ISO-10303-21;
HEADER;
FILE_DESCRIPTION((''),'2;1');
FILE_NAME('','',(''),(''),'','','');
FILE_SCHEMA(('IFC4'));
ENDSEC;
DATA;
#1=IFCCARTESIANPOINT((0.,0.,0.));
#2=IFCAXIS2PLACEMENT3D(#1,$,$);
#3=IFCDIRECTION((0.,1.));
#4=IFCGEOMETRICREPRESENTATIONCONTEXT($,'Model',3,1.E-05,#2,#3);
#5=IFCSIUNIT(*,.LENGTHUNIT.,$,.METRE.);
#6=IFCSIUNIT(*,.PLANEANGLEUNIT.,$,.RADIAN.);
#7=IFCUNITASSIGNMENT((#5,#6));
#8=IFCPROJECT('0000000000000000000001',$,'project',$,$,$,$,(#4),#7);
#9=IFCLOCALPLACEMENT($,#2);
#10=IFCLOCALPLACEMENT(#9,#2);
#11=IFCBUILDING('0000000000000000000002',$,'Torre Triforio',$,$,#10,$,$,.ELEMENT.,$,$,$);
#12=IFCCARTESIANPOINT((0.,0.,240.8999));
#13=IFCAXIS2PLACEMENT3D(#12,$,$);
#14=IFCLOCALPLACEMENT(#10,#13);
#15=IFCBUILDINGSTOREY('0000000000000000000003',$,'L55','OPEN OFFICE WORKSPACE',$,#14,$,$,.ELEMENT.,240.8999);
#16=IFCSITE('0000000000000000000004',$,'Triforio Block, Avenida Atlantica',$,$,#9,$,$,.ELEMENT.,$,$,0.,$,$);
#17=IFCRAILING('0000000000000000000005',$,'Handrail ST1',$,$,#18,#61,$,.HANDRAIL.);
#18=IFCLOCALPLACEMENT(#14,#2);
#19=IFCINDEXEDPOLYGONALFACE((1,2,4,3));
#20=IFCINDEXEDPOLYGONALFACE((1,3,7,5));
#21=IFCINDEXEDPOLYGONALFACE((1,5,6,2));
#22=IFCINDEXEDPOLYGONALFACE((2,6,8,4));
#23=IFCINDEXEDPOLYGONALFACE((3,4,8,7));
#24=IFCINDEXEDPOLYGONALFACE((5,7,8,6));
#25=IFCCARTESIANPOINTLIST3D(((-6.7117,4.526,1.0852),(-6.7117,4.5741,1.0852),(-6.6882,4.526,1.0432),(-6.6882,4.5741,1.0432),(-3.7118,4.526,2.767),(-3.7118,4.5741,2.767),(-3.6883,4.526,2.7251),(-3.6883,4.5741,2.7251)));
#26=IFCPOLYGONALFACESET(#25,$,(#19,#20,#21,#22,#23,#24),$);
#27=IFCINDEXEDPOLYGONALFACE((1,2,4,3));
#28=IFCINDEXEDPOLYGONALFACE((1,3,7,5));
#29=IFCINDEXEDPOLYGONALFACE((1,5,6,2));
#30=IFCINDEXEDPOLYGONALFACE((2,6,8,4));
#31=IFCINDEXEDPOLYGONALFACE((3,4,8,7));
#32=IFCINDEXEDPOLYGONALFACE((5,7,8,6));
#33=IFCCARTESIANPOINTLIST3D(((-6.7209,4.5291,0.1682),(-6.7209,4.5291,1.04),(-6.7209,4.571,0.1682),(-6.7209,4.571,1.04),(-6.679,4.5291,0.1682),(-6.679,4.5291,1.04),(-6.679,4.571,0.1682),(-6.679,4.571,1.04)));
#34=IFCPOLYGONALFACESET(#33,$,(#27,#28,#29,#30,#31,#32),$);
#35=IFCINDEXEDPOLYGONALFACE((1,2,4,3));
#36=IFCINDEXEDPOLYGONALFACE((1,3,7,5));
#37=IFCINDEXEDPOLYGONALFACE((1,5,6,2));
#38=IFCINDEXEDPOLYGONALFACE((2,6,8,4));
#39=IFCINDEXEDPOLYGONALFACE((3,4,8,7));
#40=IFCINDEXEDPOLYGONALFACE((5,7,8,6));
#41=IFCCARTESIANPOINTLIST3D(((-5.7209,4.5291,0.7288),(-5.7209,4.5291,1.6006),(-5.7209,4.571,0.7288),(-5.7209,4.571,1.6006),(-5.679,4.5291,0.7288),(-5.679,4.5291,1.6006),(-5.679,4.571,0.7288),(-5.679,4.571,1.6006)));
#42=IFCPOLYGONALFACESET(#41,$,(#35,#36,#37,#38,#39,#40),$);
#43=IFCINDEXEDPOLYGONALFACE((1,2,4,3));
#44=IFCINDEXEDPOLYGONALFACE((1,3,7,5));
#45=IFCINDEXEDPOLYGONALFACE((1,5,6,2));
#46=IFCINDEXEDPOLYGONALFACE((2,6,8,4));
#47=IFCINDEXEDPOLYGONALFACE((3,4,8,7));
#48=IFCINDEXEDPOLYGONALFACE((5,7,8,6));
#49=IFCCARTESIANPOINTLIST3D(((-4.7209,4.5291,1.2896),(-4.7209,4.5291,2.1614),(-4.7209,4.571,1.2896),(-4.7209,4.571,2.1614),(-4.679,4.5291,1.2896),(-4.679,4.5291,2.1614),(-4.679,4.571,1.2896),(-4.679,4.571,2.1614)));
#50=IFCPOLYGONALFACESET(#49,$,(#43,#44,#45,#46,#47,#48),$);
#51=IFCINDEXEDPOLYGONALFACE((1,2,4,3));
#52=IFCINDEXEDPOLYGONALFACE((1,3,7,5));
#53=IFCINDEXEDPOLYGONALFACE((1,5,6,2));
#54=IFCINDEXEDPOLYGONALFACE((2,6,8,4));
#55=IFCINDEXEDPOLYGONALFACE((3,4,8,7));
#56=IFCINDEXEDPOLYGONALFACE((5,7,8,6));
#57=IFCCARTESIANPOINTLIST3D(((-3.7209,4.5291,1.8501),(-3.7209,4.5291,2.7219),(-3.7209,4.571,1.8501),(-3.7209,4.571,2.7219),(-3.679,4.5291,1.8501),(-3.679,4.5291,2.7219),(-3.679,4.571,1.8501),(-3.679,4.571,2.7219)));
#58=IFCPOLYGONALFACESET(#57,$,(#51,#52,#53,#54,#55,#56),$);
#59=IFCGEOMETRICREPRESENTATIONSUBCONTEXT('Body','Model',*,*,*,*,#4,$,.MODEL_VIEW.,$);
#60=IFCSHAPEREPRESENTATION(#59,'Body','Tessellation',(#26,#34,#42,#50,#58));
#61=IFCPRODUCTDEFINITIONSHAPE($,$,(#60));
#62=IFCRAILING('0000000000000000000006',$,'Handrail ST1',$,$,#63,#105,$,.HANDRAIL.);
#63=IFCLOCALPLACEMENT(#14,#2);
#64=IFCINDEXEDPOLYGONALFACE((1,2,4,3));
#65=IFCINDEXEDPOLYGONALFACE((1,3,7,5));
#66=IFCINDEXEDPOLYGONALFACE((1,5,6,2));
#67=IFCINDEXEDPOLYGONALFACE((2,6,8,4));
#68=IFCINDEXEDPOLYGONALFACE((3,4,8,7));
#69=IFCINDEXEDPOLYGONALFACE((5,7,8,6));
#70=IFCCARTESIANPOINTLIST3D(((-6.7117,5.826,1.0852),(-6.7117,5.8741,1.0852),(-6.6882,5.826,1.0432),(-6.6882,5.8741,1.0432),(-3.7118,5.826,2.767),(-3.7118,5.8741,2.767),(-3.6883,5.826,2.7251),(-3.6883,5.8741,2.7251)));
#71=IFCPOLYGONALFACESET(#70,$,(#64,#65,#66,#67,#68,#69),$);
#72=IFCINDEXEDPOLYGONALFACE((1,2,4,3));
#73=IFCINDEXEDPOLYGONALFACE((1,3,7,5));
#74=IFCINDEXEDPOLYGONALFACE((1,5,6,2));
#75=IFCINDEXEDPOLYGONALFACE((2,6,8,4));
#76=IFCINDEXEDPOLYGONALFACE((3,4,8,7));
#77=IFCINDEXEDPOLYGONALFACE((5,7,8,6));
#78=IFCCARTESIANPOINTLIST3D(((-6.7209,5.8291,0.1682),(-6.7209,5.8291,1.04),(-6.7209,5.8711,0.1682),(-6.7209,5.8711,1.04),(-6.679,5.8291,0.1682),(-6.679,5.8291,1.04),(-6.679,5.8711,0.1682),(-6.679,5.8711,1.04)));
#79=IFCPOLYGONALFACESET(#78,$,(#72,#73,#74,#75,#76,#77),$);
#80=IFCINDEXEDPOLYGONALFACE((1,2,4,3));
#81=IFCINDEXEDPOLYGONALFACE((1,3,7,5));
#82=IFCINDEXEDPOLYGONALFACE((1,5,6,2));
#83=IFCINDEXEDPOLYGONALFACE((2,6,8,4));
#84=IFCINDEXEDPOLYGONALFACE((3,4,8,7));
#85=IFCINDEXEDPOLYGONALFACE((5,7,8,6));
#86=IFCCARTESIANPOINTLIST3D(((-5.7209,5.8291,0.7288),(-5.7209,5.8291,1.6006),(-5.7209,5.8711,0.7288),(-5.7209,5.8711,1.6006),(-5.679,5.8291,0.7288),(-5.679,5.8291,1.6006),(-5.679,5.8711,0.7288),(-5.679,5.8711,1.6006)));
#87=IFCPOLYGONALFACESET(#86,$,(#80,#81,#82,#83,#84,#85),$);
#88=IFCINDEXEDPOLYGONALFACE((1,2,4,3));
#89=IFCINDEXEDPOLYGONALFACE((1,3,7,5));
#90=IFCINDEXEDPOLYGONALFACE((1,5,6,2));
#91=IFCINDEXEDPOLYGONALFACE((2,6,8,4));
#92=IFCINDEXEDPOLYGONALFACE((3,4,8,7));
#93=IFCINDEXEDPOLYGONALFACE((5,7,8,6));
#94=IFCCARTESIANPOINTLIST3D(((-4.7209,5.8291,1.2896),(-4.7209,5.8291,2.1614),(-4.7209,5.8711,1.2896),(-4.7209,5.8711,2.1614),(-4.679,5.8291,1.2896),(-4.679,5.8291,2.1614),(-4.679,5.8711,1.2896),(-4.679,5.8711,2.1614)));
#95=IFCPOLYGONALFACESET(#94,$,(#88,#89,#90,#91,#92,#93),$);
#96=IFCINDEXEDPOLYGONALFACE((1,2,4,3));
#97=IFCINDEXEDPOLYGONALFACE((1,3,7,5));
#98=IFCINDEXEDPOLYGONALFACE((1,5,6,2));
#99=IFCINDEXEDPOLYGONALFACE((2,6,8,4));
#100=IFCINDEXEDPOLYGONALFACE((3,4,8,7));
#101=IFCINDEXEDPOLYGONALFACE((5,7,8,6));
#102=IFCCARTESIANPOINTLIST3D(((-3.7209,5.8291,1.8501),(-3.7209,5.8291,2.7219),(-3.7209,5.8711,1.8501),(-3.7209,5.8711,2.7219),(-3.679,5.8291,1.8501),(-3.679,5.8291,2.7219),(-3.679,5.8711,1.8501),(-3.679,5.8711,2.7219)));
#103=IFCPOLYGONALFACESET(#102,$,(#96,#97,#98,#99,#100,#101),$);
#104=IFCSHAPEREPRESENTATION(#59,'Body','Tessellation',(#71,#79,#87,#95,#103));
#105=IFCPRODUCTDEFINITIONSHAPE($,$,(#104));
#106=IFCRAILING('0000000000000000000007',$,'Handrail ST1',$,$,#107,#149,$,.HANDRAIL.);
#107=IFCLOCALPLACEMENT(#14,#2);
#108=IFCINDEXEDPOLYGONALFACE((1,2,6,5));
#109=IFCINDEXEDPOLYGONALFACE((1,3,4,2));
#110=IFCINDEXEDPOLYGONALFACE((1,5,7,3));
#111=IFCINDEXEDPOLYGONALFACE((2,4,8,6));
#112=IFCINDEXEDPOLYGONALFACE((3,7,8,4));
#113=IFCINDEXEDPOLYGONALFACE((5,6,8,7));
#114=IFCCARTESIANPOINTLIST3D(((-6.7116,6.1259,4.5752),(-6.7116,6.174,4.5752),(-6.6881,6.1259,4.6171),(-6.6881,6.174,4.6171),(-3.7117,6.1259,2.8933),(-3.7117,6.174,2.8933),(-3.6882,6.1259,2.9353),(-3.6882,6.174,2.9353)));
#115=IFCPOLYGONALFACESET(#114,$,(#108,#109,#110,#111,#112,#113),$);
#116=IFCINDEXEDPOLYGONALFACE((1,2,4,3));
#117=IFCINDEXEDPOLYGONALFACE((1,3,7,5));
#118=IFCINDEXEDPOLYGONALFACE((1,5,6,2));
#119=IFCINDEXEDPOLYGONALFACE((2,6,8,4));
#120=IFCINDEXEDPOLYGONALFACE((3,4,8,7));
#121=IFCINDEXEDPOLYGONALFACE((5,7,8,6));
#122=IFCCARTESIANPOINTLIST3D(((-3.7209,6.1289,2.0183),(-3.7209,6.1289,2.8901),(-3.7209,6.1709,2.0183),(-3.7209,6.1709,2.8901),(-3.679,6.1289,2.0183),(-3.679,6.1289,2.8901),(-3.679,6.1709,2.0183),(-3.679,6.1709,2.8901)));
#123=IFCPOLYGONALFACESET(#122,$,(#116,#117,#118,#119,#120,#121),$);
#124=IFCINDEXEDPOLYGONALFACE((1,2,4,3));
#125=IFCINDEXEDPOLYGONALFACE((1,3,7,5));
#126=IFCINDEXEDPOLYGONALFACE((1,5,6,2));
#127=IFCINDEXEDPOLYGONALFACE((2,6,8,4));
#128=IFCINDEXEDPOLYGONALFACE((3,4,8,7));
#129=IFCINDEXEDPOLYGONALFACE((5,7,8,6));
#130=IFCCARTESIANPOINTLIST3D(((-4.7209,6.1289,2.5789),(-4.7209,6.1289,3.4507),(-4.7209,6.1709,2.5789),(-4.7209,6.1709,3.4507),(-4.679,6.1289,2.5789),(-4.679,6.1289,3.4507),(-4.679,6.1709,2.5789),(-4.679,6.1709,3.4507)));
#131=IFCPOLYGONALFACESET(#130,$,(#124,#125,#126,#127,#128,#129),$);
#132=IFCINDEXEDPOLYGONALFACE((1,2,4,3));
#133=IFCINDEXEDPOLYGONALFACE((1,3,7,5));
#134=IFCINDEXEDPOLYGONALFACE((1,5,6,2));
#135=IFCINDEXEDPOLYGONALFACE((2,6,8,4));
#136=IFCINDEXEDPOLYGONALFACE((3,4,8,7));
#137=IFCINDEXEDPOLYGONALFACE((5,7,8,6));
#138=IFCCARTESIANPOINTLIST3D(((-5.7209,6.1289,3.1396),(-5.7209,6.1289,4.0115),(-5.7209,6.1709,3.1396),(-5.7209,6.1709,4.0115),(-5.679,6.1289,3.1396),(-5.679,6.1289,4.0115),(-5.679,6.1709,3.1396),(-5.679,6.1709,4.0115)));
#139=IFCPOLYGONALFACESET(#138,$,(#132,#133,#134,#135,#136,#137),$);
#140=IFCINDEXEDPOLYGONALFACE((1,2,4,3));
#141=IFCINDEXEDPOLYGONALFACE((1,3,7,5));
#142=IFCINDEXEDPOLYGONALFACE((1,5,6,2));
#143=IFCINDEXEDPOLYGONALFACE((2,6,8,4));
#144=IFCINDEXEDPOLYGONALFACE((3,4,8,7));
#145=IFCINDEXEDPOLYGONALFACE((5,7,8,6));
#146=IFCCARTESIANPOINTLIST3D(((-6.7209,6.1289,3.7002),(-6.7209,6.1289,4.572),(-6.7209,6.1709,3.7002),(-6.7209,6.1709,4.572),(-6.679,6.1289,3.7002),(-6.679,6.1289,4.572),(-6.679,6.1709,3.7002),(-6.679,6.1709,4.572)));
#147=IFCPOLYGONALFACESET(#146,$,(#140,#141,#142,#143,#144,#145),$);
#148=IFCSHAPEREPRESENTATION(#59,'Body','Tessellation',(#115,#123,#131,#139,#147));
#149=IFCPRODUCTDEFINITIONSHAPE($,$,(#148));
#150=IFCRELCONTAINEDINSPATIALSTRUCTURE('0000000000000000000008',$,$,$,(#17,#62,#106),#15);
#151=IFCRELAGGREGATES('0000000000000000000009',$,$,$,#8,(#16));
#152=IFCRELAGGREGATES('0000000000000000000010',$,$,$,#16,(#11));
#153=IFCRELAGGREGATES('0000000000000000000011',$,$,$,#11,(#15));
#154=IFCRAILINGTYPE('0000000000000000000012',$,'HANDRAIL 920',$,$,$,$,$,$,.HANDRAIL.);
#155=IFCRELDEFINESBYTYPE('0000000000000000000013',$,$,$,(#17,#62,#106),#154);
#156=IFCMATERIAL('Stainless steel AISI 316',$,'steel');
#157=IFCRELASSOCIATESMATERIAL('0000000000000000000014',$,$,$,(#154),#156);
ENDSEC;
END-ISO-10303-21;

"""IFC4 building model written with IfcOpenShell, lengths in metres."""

from ifc_helpers import new_model, si_unit, direction, frame, origin, origin_2d, place, context, subcontext, project, spatial, rectangle, extrude, material, type_object, element, save


model = new_model("IFC4")

# Units and contexts
model_context = context("Model", 3, precision=1e-05, world=origin(), true_north=direction((0.0, 1.0)))
body_context = subcontext(model_context, "Body", "Model", "MODEL_VIEW")
ifc_project = project(units=[si_unit("LENGTHUNIT", "METRE"), si_unit("PLANEANGLEUNIT", "RADIAN")], contexts=[model_context])

# Site, building, storey
site_placement = place(None, origin())
site = spatial("IfcSite", under=ifc_project, at=site_placement, Name="Triforio Block, Avenida Atlantica", CompositionType="ELEMENT", RefElevation=0.0)
building_placement = place(site_placement, origin())
building = spatial("IfcBuilding", under=site, at=building_placement, Name="Torre Triforio", CompositionType="ELEMENT")
storey_placement = place(building_placement, frame((0.0, 0.0, 240.8999)))
storey = spatial("IfcBuildingStorey", under=building, at=storey_placement, Name="L55", Description="OPEN OFFICE WORKSPACE", CompositionType="ELEMENT", Elevation=240.8999)

# Railings
ifc_material_1 = material(Name="Stainless steel AISI 316", Category="steel")
railing_type = type_object("IfcRailingType", Name="HANDRAIL 920", PredefinedType="HANDRAIL", material=ifc_material_1)
for number, where, name in (
    (1, (-6.7, 4.55, 0.1682), "Handrail ST1"),
    (2, (-6.7, 5.8501, 0.1682), "Handrail ST1"),
):
    element("IfcRailing", number, at=place(storey_placement, frame(where)), inside=storey, type_object=railing_type, Name=name, PredefinedType="HANDRAIL", context=body_context, shape_type="SweptSolid", body=[
        extrude(rectangle(XDim=0.0481, YDim=0.0481, at=origin_2d()), frame((0.0, 0.0, 0.896), z_axis=(0.872272, 0.0, 0.48902), x_axis=(0.0, 1.0, 0.0)), (0.0, 0.0, 1.0), 3.4392),
        extrude(rectangle(XDim=0.042, YDim=0.042, at=origin_2d()), origin(), (0.0, 0.0, 1.0), 0.8718),
        extrude(rectangle(XDim=0.042, YDim=0.042, at=origin_2d()), frame((1.0, 0.0, 0.5605)), (0.0, 0.0, 1.0), 0.8718),
        extrude(rectangle(XDim=0.042, YDim=0.042, at=origin_2d()), frame((2.0, 0.0, 1.1213)), (0.0, 0.0, 1.0), 0.8718),
        extrude(rectangle(XDim=0.042, YDim=0.042, at=origin_2d()), frame((3.0, 0.0, 1.6819)), (0.0, 0.0, 1.0), 0.8718),
    ])
railing_placement = place(storey_placement, frame((-3.7, 6.1499, 2.0183)))
element("IfcRailing", 3, at=railing_placement, inside=storey, type_object=railing_type, Name="Handrail ST1", PredefinedType="HANDRAIL", context=body_context, shape_type="SweptSolid", body=[
    extrude(rectangle(XDim=0.0481, YDim=0.0481, at=origin_2d()), frame((0.0, 0.0, 0.896), z_axis=(-0.872272, 0.0, 0.48902), x_axis=(0.0, -1.0, 0.0)), (0.0, 0.0, 1.0), 3.4392),
    extrude(rectangle(XDim=0.042, YDim=0.042, at=origin_2d()), origin(), (0.0, 0.0, 1.0), 0.8718),
    extrude(rectangle(XDim=0.042, YDim=0.042, at=origin_2d()), frame((-1.0, 0.0, 0.5605)), (0.0, 0.0, 1.0), 0.8718),
    extrude(rectangle(XDim=0.042, YDim=0.042, at=origin_2d()), frame((-2.0, 0.0, 1.1213)), (0.0, 0.0, 1.0), 0.8718),
    extrude(rectangle(XDim=0.042, YDim=0.042, at=origin_2d()), frame((-3.0, 0.0, 1.6819)), (0.0, 0.0, 1.0), 0.8718),
])

save(model, "model.ifc")
